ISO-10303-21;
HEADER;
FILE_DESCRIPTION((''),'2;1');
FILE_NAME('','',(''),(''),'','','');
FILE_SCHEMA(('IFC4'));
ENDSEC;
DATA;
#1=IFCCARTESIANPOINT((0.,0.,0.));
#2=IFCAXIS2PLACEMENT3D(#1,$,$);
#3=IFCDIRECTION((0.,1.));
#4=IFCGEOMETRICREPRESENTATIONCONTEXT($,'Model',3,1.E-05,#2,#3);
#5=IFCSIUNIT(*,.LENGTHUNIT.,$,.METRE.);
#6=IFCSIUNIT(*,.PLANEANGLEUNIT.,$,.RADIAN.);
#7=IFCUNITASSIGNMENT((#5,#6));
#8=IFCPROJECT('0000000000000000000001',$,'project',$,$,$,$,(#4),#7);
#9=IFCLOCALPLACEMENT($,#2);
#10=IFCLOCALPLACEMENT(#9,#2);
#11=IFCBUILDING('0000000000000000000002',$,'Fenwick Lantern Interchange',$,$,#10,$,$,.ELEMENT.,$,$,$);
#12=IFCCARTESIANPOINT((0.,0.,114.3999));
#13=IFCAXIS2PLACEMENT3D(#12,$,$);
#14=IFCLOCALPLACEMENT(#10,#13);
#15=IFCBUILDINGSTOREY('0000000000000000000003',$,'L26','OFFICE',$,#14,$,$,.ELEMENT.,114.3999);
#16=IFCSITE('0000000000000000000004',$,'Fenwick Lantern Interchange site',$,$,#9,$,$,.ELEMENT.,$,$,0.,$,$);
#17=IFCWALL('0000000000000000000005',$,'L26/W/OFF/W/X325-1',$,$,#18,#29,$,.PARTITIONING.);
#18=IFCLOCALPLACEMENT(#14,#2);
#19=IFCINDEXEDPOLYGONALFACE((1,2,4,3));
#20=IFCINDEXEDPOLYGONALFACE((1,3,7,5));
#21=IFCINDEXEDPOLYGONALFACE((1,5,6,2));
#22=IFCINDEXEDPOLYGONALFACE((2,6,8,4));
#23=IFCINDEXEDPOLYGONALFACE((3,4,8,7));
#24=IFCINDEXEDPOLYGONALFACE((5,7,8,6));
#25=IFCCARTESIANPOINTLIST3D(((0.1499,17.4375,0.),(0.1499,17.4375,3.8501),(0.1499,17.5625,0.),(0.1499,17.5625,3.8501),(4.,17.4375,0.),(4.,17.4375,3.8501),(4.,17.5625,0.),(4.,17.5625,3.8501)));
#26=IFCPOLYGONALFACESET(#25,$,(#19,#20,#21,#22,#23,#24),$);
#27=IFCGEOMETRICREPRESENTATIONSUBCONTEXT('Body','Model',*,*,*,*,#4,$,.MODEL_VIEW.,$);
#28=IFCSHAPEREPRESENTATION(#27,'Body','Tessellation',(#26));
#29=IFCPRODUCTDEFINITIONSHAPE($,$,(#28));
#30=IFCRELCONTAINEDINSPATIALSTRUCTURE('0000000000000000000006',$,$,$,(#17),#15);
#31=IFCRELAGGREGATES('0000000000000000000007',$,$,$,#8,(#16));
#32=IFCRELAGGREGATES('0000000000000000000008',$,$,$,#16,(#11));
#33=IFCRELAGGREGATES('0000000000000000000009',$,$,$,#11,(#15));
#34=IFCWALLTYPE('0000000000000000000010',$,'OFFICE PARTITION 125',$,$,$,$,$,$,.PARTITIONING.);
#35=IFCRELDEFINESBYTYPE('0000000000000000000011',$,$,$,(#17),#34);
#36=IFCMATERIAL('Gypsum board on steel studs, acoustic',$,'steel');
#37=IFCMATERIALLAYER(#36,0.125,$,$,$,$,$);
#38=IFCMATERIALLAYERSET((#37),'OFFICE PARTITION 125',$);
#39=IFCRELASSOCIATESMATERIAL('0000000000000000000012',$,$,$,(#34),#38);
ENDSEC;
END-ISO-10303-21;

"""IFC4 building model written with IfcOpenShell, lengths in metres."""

from ifc_helpers import new_model, si_unit, direction, frame, frame_2d, origin, place, context, subcontext, project, spatial, rectangle, extrude, material, layer, layer_set, type_object, element, save


model = new_model("IFC4")

# Units and contexts
model_context = context("Model", 3, precision=1e-05, world=origin(), true_north=direction((0.0, 1.0)))
body_context = subcontext(model_context, "Body", "Model", "MODEL_VIEW")
ifc_project = project(units=[si_unit("LENGTHUNIT", "METRE"), si_unit("PLANEANGLEUNIT", "RADIAN")], contexts=[model_context])

# Site, building, storey
site_placement = place(None, origin())
site = spatial("IfcSite", under=ifc_project, at=site_placement, Name="Fenwick Lantern Interchange site", CompositionType="ELEMENT", RefElevation=0.0)
building_placement = place(site_placement, origin())
building = spatial("IfcBuilding", under=site, at=building_placement, Name="Fenwick Lantern Interchange", CompositionType="ELEMENT")
storey_placement = place(building_placement, frame((0.0, 0.0, 114.3999)))
storey = spatial("IfcBuildingStorey", under=building, at=storey_placement, Name="L26", Description="OFFICE", CompositionType="ELEMENT", Elevation=114.3999)

# Wall
ifc_material_1 = material(Name="Gypsum board on steel studs, acoustic", Category="steel")
ifc_layer_1 = layer(ifc_material_1, 0.125)
ifc_layer_set_1 = layer_set([ifc_layer_1], Name="OFFICE PARTITION 125")
wall_type_1 = type_object("IfcWallType", Name="OFFICE PARTITION 125", PredefinedType="PARTITIONING", material=ifc_layer_set_1)
for number, where, z_axis, x_axis, name in (
    (1, (0.1499, 17.5, 0.0), (0.0, 0.0, 1.0), (1.0, 0.0, 0.0), "L26/W/OFF/W/X325-1"),
):
    element("IfcWall", number, at=place(storey_placement, frame(where, z_axis=z_axis, x_axis=x_axis)), inside=storey, type_object=wall_type_1, Name=name, PredefinedType="PARTITIONING", context=body_context, shape_type="SweptSolid", body=[
        extrude(rectangle(XDim=3.8501, YDim=0.125, at=frame_2d((1.925, 0.0))), origin(), (0.0, 0.0, 1.0), 3.8501),
    ])

save(model, "model.ifc")
